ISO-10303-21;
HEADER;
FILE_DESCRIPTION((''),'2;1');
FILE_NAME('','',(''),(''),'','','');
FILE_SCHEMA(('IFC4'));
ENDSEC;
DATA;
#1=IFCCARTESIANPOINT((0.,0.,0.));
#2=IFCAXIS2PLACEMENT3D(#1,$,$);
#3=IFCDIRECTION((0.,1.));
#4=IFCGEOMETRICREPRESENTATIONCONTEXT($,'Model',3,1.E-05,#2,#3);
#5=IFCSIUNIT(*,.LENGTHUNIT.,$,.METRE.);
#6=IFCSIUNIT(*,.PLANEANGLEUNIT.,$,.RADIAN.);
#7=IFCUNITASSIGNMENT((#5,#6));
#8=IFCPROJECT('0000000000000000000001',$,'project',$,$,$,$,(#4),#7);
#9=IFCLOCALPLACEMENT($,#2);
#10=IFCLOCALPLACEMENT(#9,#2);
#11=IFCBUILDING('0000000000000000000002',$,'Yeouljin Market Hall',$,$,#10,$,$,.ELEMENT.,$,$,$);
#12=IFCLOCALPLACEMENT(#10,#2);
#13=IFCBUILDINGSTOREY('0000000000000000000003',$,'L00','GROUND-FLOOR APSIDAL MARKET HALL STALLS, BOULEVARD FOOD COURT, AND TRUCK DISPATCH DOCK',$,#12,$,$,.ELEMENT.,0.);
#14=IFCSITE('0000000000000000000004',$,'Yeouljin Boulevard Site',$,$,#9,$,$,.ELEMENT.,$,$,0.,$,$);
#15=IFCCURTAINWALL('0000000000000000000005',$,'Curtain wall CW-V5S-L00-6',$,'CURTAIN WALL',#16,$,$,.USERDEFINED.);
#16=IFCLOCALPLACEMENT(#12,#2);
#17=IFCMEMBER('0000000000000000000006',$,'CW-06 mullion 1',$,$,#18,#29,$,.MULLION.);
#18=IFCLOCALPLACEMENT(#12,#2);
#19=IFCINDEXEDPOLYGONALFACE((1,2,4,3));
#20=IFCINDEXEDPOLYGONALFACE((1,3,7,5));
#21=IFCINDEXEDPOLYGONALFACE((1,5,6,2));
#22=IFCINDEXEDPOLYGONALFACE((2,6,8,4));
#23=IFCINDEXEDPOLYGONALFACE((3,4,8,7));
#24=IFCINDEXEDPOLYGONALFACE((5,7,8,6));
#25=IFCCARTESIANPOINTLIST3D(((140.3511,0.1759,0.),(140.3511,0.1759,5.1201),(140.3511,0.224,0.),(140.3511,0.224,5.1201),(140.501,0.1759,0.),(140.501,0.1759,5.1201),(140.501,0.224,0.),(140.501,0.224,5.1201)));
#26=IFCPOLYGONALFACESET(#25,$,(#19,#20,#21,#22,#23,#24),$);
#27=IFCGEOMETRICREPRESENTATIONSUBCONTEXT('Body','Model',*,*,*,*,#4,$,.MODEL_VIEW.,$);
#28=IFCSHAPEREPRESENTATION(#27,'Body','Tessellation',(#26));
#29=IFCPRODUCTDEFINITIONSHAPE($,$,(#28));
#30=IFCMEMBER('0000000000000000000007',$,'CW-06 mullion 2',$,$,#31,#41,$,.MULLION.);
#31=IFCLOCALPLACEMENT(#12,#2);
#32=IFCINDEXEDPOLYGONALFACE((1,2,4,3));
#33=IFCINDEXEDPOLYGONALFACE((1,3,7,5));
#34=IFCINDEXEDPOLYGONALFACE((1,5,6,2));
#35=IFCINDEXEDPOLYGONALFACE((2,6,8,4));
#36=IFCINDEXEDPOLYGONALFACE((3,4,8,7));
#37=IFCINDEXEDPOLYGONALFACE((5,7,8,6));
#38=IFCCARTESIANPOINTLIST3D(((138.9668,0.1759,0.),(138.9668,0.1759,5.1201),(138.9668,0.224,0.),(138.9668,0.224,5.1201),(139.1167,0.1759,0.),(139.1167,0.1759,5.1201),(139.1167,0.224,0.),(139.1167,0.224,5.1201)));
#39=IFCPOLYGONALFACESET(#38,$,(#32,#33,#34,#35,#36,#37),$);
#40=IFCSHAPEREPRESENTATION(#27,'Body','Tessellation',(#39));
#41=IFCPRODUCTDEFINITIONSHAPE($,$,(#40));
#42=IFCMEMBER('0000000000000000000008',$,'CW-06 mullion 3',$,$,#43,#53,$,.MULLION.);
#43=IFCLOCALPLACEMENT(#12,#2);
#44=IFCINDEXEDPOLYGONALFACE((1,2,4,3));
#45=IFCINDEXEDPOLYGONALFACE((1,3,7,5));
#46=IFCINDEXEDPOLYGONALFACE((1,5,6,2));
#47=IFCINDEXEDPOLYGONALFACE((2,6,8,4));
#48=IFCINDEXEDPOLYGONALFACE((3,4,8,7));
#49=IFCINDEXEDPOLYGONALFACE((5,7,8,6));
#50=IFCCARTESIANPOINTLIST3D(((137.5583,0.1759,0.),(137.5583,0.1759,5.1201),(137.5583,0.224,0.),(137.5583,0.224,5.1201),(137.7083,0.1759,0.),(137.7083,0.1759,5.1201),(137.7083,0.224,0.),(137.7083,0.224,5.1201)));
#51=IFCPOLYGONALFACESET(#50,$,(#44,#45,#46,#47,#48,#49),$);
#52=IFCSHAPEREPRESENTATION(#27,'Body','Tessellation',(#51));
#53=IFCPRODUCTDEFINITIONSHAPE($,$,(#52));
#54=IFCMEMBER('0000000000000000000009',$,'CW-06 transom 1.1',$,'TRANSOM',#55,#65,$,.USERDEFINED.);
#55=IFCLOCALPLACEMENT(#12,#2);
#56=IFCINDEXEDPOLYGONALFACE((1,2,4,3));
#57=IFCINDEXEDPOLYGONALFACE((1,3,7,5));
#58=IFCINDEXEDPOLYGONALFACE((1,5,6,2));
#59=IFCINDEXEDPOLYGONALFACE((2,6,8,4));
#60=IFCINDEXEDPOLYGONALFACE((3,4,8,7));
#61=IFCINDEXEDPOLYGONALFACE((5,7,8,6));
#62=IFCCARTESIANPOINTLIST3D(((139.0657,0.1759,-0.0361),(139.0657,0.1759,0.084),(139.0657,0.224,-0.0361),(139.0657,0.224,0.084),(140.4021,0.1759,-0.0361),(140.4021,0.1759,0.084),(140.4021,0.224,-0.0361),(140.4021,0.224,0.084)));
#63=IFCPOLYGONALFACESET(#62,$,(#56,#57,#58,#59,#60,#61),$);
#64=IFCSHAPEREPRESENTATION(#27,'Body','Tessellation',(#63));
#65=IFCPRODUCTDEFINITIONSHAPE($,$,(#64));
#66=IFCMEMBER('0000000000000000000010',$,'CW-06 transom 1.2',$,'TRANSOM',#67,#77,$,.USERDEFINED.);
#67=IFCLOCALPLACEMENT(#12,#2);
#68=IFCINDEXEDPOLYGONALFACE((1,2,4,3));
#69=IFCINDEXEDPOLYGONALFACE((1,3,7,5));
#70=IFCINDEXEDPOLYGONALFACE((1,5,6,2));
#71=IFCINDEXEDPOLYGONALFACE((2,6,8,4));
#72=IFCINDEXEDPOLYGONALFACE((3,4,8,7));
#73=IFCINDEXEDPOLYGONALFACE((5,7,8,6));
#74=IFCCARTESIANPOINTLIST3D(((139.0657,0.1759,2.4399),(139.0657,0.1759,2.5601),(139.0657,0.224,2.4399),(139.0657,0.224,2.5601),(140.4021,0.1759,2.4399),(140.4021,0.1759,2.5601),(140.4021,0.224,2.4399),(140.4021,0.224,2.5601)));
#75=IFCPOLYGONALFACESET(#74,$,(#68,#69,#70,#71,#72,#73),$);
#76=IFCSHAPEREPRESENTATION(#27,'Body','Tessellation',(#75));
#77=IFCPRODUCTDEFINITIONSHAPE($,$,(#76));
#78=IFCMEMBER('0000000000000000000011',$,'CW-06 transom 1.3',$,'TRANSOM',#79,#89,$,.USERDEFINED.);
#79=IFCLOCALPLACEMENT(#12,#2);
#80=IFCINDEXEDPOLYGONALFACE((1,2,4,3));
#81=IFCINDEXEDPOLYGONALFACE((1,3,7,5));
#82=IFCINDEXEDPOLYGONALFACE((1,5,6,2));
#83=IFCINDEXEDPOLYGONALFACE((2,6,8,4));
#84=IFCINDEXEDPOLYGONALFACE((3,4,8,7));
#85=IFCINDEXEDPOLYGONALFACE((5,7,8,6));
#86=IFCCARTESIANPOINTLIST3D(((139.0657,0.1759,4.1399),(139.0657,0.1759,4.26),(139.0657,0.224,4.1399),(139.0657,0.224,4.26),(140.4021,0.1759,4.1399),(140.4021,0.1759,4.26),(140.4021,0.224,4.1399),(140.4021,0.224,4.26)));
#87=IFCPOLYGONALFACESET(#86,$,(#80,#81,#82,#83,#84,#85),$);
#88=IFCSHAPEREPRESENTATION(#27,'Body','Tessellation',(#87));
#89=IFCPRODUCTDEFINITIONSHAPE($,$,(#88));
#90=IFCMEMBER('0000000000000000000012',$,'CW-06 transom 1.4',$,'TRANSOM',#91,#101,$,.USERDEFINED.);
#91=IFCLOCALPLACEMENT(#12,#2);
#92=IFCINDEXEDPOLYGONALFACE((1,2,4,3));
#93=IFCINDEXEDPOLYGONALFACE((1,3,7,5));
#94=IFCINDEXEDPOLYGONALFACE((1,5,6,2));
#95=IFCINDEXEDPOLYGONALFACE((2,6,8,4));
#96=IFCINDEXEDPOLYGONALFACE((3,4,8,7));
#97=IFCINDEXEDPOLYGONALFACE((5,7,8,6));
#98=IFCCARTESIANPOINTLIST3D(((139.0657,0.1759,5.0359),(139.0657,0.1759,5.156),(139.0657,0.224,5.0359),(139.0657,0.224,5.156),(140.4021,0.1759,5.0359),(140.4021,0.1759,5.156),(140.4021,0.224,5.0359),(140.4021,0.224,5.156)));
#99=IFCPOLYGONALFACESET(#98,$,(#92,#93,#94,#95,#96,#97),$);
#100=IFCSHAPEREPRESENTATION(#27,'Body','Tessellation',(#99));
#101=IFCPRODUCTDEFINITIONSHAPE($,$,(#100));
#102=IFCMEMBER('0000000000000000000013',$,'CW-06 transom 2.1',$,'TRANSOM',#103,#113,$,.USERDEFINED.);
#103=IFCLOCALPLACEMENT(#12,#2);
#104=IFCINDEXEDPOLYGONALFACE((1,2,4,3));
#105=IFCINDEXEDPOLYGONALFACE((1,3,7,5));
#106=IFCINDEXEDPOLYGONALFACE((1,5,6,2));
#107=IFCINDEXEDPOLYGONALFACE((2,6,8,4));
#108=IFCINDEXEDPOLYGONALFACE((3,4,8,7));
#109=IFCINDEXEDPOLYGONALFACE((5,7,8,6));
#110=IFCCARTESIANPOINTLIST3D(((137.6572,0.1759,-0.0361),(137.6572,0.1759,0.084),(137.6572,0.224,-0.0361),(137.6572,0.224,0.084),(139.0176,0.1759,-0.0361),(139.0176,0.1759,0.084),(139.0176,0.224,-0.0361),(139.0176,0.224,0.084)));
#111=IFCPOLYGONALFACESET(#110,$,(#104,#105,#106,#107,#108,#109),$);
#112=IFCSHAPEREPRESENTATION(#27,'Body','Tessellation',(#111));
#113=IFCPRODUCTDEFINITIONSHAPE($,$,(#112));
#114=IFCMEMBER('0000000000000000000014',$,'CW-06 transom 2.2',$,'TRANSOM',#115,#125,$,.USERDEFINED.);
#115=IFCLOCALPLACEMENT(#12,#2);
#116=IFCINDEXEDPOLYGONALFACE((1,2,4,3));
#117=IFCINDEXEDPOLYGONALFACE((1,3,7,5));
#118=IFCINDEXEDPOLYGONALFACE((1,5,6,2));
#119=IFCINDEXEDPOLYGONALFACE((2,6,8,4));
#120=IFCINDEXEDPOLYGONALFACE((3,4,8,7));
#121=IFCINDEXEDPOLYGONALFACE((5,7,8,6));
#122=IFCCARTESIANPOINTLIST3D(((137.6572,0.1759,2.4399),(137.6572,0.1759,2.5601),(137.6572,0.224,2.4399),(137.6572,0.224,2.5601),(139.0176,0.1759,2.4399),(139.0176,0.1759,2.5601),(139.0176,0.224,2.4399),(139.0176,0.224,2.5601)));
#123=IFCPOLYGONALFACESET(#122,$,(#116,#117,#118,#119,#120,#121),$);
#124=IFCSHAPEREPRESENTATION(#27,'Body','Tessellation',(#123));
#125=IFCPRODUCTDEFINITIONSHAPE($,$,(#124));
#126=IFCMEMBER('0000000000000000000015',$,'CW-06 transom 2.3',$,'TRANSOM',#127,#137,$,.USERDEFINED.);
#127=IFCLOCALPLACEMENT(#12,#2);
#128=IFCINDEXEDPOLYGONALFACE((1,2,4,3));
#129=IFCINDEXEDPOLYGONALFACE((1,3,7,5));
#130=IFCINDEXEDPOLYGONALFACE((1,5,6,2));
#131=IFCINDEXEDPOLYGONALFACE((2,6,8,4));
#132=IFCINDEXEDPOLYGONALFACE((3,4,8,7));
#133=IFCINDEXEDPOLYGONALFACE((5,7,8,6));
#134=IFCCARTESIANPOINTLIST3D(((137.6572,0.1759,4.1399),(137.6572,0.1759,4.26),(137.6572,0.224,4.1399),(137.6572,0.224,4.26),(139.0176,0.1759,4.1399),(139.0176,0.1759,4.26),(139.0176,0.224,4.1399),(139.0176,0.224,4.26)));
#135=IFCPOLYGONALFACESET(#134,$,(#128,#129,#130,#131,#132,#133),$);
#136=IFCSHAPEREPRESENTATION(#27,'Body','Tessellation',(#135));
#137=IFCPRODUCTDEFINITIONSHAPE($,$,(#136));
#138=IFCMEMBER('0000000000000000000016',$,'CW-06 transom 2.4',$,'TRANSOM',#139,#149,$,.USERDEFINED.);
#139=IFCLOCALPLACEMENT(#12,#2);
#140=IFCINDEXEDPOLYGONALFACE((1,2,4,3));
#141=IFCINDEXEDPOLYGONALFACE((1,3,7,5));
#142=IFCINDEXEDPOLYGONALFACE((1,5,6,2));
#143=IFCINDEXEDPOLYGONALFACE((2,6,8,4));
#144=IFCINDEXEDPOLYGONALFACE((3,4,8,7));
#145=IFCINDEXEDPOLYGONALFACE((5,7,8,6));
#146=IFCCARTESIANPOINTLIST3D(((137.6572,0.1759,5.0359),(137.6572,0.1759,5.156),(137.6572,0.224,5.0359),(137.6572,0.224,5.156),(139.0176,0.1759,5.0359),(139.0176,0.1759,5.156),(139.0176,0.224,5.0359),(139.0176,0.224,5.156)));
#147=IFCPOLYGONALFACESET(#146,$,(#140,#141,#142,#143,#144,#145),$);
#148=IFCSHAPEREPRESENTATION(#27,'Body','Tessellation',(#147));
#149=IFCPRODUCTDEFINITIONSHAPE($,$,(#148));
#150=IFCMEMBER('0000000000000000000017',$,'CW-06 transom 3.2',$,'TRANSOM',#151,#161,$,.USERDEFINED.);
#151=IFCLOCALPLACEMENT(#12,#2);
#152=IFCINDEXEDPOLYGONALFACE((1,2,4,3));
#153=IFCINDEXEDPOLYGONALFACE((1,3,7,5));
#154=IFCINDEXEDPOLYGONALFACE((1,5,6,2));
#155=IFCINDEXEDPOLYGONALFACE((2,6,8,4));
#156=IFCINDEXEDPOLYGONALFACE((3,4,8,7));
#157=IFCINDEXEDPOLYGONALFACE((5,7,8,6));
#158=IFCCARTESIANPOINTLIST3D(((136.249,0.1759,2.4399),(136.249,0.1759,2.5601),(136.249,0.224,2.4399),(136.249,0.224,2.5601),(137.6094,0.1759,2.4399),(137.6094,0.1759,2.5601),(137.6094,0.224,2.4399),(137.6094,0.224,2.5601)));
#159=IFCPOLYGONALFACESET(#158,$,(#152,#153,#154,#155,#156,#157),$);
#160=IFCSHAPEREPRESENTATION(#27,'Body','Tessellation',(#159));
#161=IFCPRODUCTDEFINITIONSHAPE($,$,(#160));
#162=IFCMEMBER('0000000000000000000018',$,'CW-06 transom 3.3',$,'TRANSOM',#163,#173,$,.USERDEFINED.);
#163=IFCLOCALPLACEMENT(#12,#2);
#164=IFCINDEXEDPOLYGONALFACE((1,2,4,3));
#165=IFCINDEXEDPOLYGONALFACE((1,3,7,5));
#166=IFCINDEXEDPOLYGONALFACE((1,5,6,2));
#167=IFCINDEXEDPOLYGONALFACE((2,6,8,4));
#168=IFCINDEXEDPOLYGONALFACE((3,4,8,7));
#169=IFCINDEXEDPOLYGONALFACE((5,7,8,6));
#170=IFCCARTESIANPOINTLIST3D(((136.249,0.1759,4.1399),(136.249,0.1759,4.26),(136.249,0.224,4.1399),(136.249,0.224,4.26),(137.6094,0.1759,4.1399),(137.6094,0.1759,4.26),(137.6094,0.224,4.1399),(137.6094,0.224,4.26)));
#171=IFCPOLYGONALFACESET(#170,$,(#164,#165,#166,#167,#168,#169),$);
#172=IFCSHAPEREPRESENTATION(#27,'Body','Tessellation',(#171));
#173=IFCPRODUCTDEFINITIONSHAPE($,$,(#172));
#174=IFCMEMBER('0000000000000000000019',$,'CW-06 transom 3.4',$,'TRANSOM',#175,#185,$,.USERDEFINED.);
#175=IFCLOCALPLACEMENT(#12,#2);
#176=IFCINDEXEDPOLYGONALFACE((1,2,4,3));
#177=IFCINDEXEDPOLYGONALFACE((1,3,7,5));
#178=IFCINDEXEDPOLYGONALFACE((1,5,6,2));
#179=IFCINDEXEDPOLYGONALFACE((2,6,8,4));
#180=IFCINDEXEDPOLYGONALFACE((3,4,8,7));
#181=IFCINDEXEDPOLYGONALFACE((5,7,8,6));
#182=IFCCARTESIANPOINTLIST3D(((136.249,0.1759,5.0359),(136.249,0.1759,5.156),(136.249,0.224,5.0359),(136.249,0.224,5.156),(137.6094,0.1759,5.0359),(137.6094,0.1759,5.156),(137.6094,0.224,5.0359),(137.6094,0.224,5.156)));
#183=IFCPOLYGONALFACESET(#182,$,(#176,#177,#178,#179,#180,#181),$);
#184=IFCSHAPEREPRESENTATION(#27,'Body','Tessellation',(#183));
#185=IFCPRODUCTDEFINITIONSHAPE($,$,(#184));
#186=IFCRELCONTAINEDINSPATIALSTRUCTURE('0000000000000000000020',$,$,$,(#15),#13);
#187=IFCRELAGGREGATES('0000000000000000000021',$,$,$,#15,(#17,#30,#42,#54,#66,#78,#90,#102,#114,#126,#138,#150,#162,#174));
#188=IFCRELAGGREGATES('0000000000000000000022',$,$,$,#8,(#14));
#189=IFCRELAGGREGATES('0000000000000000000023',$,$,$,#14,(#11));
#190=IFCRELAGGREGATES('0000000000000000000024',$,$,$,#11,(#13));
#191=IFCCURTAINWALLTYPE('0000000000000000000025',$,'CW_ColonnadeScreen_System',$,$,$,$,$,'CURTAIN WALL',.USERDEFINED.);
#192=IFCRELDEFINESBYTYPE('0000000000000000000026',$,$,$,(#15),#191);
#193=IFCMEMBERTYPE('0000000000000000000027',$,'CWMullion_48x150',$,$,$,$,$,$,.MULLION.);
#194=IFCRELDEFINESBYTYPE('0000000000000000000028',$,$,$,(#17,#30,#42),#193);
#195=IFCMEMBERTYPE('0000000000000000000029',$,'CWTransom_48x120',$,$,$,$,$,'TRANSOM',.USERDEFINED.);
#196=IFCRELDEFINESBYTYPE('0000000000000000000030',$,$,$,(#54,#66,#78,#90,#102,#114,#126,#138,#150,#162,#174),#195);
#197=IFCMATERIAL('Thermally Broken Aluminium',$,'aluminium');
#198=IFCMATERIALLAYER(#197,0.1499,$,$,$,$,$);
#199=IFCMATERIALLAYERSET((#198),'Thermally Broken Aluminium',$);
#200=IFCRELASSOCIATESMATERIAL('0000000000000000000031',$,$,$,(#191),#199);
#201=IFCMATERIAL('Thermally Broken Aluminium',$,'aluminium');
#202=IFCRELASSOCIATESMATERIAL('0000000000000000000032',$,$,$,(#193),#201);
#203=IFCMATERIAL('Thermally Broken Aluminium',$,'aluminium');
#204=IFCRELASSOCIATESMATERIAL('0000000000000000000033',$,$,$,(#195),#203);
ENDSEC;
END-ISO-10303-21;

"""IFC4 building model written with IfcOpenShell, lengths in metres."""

from ifc_helpers import new_model, si_unit, direction, frame, origin, origin_2d, place, context, subcontext, project, spatial, rectangle, extrude, material, layer, layer_set, material_profile, profile_set, type_object, element, aggregate, save


model = new_model("IFC4")

# Units and contexts
model_context = context("Model", 3, precision=1e-05, world=origin(), true_north=direction((0.0, 1.0)))
body_context = subcontext(model_context, "Body", "Model", "MODEL_VIEW")
ifc_project = project(units=[si_unit("LENGTHUNIT", "METRE"), si_unit("PLANEANGLEUNIT", "RADIAN")], contexts=[model_context])

# Site, building, storey
site_placement = place(None, origin())
site = spatial("IfcSite", under=ifc_project, at=site_placement, Name="Yeouljin Boulevard Site", CompositionType="ELEMENT", RefElevation=0.0)
building_placement = place(site_placement, origin())
building = spatial("IfcBuilding", under=site, at=building_placement, Name="Yeouljin Market Hall", CompositionType="ELEMENT")
storey_placement = place(building_placement, origin())
storey = spatial("IfcBuildingStorey", under=building, at=storey_placement, Name="L00", Description="GROUND-FLOOR APSIDAL MARKET HALL STALLS, BOULEVARD FOOD COURT, AND TRUCK DISPATCH DOCK", CompositionType="ELEMENT", Elevation=0.0)

# Curtain wall, members
ifc_material_1 = material(Name="Thermally Broken Aluminium", Category="aluminium")
ifc_layer_1 = layer(ifc_material_1, 0.1499)
ifc_layer_set_1 = layer_set([ifc_layer_1], Name="Thermally Broken Aluminium")
curtain_wall_type = type_object("IfcCurtainWallType", Name="CW_ColonnadeScreen_System", ElementType="CURTAIN WALL", PredefinedType="USERDEFINED", material=ifc_layer_set_1)
curtain_wall_placement = place(storey_placement, origin())
curtain_wall = element("IfcCurtainWall", 1, at=curtain_wall_placement, inside=storey, type_object=curtain_wall_type, Name="Curtain wall CW-V5S-L00-6", ObjectType="CURTAIN WALL", PredefinedType="USERDEFINED")
ifc_material_2 = material(Name="Thermally Broken Aluminium", Category="aluminium")
ifc_material_profile_1 = material_profile(ifc_material_2, rectangle(XDim=0.0481, YDim=0.1499, at=origin_2d()), Name="CW-MULL-48x150")
ifc_profile_set_1 = profile_set([ifc_material_profile_1], Name="Thermally Broken Aluminium")
member_type_1 = type_object("IfcMemberType", Name="CWMullion_48x150", PredefinedType="MULLION", material=ifc_profile_set_1)
member_1_placement = place(storey_placement, frame((140.426, 0.2, 0.0), z_axis=(0.0, 0.0, 1.0), x_axis=(0.0, -1.0, 0.0)))
member_1 = element("IfcMember", 2, at=member_1_placement, type_object=member_type_1, Name="CW-06 mullion 1", PredefinedType="MULLION", context=body_context, shape_type="SweptSolid", body=[
    extrude(rectangle(XDim=0.0481, YDim=0.1499, at=origin_2d()), origin(), (0.0, 0.0, 1.0), 5.1201),
])
member_2_placement = place(storey_placement, frame((139.0417, 0.2, 0.0), z_axis=(0.0, 0.0, 1.0), x_axis=(0.0, -1.0, 0.0)))
member_2 = element("IfcMember", 3, at=member_2_placement, type_object=member_type_1, Name="CW-06 mullion 2", PredefinedType="MULLION", context=body_context, shape_type="SweptSolid", body=[
    extrude(rectangle(XDim=0.0481, YDim=0.1499, at=origin_2d()), origin(), (0.0, 0.0, 1.0), 5.1201),
])
member_3_placement = place(storey_placement, frame((137.6333, 0.2, 0.0), z_axis=(0.0, 0.0, 1.0), x_axis=(0.0, -1.0, 0.0)))
member_3 = element("IfcMember", 4, at=member_3_placement, type_object=member_type_1, Name="CW-06 mullion 3", PredefinedType="MULLION", context=body_context, shape_type="SweptSolid", body=[
    extrude(rectangle(XDim=0.0481, YDim=0.1499, at=origin_2d()), origin(), (0.0, 0.0, 1.0), 5.1201),
])
ifc_material_3 = material(Name="Thermally Broken Aluminium", Category="aluminium")
ifc_material_profile_2 = material_profile(ifc_material_3, rectangle(XDim=0.0481, YDim=0.1201, at=origin_2d()), Name="CW-TRAN-48x120")
ifc_profile_set_2 = profile_set([ifc_material_profile_2], Name="Thermally Broken Aluminium")
member_type_2 = type_object("IfcMemberType", Name="CWTransom_48x120", ElementType="TRANSOM", PredefinedType="USERDEFINED", material=ifc_profile_set_2)
member_4_placement = place(storey_placement, frame((140.4021, 0.2, 0.0239), z_axis=(-1.0, 0.0, 0.0), x_axis=(0.0, -1.0, 0.0)))
member_4 = element("IfcMember", 5, at=member_4_placement, type_object=member_type_2, Name="CW-06 transom 1.1", ObjectType="TRANSOM", PredefinedType="USERDEFINED", context=body_context, shape_type="SweptSolid", body=[
    extrude(rectangle(XDim=0.0481, YDim=0.1201, at=origin_2d()), origin(), (0.0, 0.0, 1.0), 1.3364),
])
member_5_placement = place(storey_placement, frame((140.4021, 0.2, 2.5), z_axis=(-1.0, 0.0, 0.0), x_axis=(0.0, -1.0, 0.0)))
member_5 = element("IfcMember", 6, at=member_5_placement, type_object=member_type_2, Name="CW-06 transom 1.2", ObjectType="TRANSOM", PredefinedType="USERDEFINED", context=body_context, shape_type="SweptSolid", body=[
    extrude(rectangle(XDim=0.0481, YDim=0.1201, at=origin_2d()), origin(), (0.0, 0.0, 1.0), 1.3364),
])
member_6_placement = place(storey_placement, frame((140.4021, 0.2, 4.2), z_axis=(-1.0, 0.0, 0.0), x_axis=(0.0, -1.0, 0.0)))
member_6 = element("IfcMember", 7, at=member_6_placement, type_object=member_type_2, Name="CW-06 transom 1.3", ObjectType="TRANSOM", PredefinedType="USERDEFINED", context=body_context, shape_type="SweptSolid", body=[
    extrude(rectangle(XDim=0.0481, YDim=0.1201, at=origin_2d()), origin(), (0.0, 0.0, 1.0), 1.3364),
])
member_7_placement = place(storey_placement, frame((140.4021, 0.2, 5.0959), z_axis=(-1.0, 0.0, 0.0), x_axis=(0.0, -1.0, 0.0)))
member_7 = element("IfcMember", 8, at=member_7_placement, type_object=member_type_2, Name="CW-06 transom 1.4", ObjectType="TRANSOM", PredefinedType="USERDEFINED", context=body_context, shape_type="SweptSolid", body=[
    extrude(rectangle(XDim=0.0481, YDim=0.1201, at=origin_2d()), origin(), (0.0, 0.0, 1.0), 1.3364),
])
member_8_placement = place(storey_placement, frame((139.0176, 0.2, 0.0239), z_axis=(-1.0, 0.0, 0.0), x_axis=(0.0, -1.0, 0.0)))
member_8 = element("IfcMember", 9, at=member_8_placement, type_object=member_type_2, Name="CW-06 transom 2.1", ObjectType="TRANSOM", PredefinedType="USERDEFINED", context=body_context, shape_type="SweptSolid", body=[
    extrude(rectangle(XDim=0.0481, YDim=0.1201, at=origin_2d()), origin(), (0.0, 0.0, 1.0), 1.3604),
])
member_9_placement = place(storey_placement, frame((139.0176, 0.2, 2.5), z_axis=(-1.0, 0.0, 0.0), x_axis=(0.0, -1.0, 0.0)))
member_9 = element("IfcMember", 10, at=member_9_placement, type_object=member_type_2, Name="CW-06 transom 2.2", ObjectType="TRANSOM", PredefinedType="USERDEFINED", context=body_context, shape_type="SweptSolid", body=[
    extrude(rectangle(XDim=0.0481, YDim=0.1201, at=origin_2d()), origin(), (0.0, 0.0, 1.0), 1.3604),
])
member_10_placement = place(storey_placement, frame((139.0176, 0.2, 4.2), z_axis=(-1.0, 0.0, 0.0), x_axis=(0.0, -1.0, 0.0)))
member_10 = element("IfcMember", 11, at=member_10_placement, type_object=member_type_2, Name="CW-06 transom 2.3", ObjectType="TRANSOM", PredefinedType="USERDEFINED", context=body_context, shape_type="SweptSolid", body=[
    extrude(rectangle(XDim=0.0481, YDim=0.1201, at=origin_2d()), origin(), (0.0, 0.0, 1.0), 1.3604),
])
member_11_placement = place(storey_placement, frame((139.0176, 0.2, 5.0959), z_axis=(-1.0, 0.0, 0.0), x_axis=(0.0, -1.0, 0.0)))
member_11 = element("IfcMember", 12, at=member_11_placement, type_object=member_type_2, Name="CW-06 transom 2.4", ObjectType="TRANSOM", PredefinedType="USERDEFINED", context=body_context, shape_type="SweptSolid", body=[
    extrude(rectangle(XDim=0.0481, YDim=0.1201, at=origin_2d()), origin(), (0.0, 0.0, 1.0), 1.3604),
])
member_12_placement = place(storey_placement, frame((137.6094, 0.2, 2.5), z_axis=(-1.0, 0.0, 0.0), x_axis=(0.0, -1.0, 0.0)))
member_12 = element("IfcMember", 13, at=member_12_placement, type_object=member_type_2, Name="CW-06 transom 3.2", ObjectType="TRANSOM", PredefinedType="USERDEFINED", context=body_context, shape_type="SweptSolid", body=[
    extrude(rectangle(XDim=0.0481, YDim=0.1201, at=origin_2d()), origin(), (0.0, 0.0, 1.0), 1.3604),
])
member_13_placement = place(storey_placement, frame((137.6094, 0.2, 4.2), z_axis=(-1.0, 0.0, 0.0), x_axis=(0.0, -1.0, 0.0)))
member_13 = element("IfcMember", 14, at=member_13_placement, type_object=member_type_2, Name="CW-06 transom 3.3", ObjectType="TRANSOM", PredefinedType="USERDEFINED", context=body_context, shape_type="SweptSolid", body=[
    extrude(rectangle(XDim=0.0481, YDim=0.1201, at=origin_2d()), origin(), (0.0, 0.0, 1.0), 1.3604),
])
member_14_placement = place(storey_placement, frame((137.6094, 0.2, 5.0959), z_axis=(-1.0, 0.0, 0.0), x_axis=(0.0, -1.0, 0.0)))
member_14 = element("IfcMember", 15, at=member_14_placement, type_object=member_type_2, Name="CW-06 transom 3.4", ObjectType="TRANSOM", PredefinedType="USERDEFINED", context=body_context, shape_type="SweptSolid", body=[
    extrude(rectangle(XDim=0.0481, YDim=0.1201, at=origin_2d()), origin(), (0.0, 0.0, 1.0), 1.3604),
])
aggregate(curtain_wall, [member_1, member_2, member_3, member_4, member_5, member_6, member_7, member_8, member_9, member_10, member_11, member_12, member_13, member_14])

save(model, "model.ifc")
